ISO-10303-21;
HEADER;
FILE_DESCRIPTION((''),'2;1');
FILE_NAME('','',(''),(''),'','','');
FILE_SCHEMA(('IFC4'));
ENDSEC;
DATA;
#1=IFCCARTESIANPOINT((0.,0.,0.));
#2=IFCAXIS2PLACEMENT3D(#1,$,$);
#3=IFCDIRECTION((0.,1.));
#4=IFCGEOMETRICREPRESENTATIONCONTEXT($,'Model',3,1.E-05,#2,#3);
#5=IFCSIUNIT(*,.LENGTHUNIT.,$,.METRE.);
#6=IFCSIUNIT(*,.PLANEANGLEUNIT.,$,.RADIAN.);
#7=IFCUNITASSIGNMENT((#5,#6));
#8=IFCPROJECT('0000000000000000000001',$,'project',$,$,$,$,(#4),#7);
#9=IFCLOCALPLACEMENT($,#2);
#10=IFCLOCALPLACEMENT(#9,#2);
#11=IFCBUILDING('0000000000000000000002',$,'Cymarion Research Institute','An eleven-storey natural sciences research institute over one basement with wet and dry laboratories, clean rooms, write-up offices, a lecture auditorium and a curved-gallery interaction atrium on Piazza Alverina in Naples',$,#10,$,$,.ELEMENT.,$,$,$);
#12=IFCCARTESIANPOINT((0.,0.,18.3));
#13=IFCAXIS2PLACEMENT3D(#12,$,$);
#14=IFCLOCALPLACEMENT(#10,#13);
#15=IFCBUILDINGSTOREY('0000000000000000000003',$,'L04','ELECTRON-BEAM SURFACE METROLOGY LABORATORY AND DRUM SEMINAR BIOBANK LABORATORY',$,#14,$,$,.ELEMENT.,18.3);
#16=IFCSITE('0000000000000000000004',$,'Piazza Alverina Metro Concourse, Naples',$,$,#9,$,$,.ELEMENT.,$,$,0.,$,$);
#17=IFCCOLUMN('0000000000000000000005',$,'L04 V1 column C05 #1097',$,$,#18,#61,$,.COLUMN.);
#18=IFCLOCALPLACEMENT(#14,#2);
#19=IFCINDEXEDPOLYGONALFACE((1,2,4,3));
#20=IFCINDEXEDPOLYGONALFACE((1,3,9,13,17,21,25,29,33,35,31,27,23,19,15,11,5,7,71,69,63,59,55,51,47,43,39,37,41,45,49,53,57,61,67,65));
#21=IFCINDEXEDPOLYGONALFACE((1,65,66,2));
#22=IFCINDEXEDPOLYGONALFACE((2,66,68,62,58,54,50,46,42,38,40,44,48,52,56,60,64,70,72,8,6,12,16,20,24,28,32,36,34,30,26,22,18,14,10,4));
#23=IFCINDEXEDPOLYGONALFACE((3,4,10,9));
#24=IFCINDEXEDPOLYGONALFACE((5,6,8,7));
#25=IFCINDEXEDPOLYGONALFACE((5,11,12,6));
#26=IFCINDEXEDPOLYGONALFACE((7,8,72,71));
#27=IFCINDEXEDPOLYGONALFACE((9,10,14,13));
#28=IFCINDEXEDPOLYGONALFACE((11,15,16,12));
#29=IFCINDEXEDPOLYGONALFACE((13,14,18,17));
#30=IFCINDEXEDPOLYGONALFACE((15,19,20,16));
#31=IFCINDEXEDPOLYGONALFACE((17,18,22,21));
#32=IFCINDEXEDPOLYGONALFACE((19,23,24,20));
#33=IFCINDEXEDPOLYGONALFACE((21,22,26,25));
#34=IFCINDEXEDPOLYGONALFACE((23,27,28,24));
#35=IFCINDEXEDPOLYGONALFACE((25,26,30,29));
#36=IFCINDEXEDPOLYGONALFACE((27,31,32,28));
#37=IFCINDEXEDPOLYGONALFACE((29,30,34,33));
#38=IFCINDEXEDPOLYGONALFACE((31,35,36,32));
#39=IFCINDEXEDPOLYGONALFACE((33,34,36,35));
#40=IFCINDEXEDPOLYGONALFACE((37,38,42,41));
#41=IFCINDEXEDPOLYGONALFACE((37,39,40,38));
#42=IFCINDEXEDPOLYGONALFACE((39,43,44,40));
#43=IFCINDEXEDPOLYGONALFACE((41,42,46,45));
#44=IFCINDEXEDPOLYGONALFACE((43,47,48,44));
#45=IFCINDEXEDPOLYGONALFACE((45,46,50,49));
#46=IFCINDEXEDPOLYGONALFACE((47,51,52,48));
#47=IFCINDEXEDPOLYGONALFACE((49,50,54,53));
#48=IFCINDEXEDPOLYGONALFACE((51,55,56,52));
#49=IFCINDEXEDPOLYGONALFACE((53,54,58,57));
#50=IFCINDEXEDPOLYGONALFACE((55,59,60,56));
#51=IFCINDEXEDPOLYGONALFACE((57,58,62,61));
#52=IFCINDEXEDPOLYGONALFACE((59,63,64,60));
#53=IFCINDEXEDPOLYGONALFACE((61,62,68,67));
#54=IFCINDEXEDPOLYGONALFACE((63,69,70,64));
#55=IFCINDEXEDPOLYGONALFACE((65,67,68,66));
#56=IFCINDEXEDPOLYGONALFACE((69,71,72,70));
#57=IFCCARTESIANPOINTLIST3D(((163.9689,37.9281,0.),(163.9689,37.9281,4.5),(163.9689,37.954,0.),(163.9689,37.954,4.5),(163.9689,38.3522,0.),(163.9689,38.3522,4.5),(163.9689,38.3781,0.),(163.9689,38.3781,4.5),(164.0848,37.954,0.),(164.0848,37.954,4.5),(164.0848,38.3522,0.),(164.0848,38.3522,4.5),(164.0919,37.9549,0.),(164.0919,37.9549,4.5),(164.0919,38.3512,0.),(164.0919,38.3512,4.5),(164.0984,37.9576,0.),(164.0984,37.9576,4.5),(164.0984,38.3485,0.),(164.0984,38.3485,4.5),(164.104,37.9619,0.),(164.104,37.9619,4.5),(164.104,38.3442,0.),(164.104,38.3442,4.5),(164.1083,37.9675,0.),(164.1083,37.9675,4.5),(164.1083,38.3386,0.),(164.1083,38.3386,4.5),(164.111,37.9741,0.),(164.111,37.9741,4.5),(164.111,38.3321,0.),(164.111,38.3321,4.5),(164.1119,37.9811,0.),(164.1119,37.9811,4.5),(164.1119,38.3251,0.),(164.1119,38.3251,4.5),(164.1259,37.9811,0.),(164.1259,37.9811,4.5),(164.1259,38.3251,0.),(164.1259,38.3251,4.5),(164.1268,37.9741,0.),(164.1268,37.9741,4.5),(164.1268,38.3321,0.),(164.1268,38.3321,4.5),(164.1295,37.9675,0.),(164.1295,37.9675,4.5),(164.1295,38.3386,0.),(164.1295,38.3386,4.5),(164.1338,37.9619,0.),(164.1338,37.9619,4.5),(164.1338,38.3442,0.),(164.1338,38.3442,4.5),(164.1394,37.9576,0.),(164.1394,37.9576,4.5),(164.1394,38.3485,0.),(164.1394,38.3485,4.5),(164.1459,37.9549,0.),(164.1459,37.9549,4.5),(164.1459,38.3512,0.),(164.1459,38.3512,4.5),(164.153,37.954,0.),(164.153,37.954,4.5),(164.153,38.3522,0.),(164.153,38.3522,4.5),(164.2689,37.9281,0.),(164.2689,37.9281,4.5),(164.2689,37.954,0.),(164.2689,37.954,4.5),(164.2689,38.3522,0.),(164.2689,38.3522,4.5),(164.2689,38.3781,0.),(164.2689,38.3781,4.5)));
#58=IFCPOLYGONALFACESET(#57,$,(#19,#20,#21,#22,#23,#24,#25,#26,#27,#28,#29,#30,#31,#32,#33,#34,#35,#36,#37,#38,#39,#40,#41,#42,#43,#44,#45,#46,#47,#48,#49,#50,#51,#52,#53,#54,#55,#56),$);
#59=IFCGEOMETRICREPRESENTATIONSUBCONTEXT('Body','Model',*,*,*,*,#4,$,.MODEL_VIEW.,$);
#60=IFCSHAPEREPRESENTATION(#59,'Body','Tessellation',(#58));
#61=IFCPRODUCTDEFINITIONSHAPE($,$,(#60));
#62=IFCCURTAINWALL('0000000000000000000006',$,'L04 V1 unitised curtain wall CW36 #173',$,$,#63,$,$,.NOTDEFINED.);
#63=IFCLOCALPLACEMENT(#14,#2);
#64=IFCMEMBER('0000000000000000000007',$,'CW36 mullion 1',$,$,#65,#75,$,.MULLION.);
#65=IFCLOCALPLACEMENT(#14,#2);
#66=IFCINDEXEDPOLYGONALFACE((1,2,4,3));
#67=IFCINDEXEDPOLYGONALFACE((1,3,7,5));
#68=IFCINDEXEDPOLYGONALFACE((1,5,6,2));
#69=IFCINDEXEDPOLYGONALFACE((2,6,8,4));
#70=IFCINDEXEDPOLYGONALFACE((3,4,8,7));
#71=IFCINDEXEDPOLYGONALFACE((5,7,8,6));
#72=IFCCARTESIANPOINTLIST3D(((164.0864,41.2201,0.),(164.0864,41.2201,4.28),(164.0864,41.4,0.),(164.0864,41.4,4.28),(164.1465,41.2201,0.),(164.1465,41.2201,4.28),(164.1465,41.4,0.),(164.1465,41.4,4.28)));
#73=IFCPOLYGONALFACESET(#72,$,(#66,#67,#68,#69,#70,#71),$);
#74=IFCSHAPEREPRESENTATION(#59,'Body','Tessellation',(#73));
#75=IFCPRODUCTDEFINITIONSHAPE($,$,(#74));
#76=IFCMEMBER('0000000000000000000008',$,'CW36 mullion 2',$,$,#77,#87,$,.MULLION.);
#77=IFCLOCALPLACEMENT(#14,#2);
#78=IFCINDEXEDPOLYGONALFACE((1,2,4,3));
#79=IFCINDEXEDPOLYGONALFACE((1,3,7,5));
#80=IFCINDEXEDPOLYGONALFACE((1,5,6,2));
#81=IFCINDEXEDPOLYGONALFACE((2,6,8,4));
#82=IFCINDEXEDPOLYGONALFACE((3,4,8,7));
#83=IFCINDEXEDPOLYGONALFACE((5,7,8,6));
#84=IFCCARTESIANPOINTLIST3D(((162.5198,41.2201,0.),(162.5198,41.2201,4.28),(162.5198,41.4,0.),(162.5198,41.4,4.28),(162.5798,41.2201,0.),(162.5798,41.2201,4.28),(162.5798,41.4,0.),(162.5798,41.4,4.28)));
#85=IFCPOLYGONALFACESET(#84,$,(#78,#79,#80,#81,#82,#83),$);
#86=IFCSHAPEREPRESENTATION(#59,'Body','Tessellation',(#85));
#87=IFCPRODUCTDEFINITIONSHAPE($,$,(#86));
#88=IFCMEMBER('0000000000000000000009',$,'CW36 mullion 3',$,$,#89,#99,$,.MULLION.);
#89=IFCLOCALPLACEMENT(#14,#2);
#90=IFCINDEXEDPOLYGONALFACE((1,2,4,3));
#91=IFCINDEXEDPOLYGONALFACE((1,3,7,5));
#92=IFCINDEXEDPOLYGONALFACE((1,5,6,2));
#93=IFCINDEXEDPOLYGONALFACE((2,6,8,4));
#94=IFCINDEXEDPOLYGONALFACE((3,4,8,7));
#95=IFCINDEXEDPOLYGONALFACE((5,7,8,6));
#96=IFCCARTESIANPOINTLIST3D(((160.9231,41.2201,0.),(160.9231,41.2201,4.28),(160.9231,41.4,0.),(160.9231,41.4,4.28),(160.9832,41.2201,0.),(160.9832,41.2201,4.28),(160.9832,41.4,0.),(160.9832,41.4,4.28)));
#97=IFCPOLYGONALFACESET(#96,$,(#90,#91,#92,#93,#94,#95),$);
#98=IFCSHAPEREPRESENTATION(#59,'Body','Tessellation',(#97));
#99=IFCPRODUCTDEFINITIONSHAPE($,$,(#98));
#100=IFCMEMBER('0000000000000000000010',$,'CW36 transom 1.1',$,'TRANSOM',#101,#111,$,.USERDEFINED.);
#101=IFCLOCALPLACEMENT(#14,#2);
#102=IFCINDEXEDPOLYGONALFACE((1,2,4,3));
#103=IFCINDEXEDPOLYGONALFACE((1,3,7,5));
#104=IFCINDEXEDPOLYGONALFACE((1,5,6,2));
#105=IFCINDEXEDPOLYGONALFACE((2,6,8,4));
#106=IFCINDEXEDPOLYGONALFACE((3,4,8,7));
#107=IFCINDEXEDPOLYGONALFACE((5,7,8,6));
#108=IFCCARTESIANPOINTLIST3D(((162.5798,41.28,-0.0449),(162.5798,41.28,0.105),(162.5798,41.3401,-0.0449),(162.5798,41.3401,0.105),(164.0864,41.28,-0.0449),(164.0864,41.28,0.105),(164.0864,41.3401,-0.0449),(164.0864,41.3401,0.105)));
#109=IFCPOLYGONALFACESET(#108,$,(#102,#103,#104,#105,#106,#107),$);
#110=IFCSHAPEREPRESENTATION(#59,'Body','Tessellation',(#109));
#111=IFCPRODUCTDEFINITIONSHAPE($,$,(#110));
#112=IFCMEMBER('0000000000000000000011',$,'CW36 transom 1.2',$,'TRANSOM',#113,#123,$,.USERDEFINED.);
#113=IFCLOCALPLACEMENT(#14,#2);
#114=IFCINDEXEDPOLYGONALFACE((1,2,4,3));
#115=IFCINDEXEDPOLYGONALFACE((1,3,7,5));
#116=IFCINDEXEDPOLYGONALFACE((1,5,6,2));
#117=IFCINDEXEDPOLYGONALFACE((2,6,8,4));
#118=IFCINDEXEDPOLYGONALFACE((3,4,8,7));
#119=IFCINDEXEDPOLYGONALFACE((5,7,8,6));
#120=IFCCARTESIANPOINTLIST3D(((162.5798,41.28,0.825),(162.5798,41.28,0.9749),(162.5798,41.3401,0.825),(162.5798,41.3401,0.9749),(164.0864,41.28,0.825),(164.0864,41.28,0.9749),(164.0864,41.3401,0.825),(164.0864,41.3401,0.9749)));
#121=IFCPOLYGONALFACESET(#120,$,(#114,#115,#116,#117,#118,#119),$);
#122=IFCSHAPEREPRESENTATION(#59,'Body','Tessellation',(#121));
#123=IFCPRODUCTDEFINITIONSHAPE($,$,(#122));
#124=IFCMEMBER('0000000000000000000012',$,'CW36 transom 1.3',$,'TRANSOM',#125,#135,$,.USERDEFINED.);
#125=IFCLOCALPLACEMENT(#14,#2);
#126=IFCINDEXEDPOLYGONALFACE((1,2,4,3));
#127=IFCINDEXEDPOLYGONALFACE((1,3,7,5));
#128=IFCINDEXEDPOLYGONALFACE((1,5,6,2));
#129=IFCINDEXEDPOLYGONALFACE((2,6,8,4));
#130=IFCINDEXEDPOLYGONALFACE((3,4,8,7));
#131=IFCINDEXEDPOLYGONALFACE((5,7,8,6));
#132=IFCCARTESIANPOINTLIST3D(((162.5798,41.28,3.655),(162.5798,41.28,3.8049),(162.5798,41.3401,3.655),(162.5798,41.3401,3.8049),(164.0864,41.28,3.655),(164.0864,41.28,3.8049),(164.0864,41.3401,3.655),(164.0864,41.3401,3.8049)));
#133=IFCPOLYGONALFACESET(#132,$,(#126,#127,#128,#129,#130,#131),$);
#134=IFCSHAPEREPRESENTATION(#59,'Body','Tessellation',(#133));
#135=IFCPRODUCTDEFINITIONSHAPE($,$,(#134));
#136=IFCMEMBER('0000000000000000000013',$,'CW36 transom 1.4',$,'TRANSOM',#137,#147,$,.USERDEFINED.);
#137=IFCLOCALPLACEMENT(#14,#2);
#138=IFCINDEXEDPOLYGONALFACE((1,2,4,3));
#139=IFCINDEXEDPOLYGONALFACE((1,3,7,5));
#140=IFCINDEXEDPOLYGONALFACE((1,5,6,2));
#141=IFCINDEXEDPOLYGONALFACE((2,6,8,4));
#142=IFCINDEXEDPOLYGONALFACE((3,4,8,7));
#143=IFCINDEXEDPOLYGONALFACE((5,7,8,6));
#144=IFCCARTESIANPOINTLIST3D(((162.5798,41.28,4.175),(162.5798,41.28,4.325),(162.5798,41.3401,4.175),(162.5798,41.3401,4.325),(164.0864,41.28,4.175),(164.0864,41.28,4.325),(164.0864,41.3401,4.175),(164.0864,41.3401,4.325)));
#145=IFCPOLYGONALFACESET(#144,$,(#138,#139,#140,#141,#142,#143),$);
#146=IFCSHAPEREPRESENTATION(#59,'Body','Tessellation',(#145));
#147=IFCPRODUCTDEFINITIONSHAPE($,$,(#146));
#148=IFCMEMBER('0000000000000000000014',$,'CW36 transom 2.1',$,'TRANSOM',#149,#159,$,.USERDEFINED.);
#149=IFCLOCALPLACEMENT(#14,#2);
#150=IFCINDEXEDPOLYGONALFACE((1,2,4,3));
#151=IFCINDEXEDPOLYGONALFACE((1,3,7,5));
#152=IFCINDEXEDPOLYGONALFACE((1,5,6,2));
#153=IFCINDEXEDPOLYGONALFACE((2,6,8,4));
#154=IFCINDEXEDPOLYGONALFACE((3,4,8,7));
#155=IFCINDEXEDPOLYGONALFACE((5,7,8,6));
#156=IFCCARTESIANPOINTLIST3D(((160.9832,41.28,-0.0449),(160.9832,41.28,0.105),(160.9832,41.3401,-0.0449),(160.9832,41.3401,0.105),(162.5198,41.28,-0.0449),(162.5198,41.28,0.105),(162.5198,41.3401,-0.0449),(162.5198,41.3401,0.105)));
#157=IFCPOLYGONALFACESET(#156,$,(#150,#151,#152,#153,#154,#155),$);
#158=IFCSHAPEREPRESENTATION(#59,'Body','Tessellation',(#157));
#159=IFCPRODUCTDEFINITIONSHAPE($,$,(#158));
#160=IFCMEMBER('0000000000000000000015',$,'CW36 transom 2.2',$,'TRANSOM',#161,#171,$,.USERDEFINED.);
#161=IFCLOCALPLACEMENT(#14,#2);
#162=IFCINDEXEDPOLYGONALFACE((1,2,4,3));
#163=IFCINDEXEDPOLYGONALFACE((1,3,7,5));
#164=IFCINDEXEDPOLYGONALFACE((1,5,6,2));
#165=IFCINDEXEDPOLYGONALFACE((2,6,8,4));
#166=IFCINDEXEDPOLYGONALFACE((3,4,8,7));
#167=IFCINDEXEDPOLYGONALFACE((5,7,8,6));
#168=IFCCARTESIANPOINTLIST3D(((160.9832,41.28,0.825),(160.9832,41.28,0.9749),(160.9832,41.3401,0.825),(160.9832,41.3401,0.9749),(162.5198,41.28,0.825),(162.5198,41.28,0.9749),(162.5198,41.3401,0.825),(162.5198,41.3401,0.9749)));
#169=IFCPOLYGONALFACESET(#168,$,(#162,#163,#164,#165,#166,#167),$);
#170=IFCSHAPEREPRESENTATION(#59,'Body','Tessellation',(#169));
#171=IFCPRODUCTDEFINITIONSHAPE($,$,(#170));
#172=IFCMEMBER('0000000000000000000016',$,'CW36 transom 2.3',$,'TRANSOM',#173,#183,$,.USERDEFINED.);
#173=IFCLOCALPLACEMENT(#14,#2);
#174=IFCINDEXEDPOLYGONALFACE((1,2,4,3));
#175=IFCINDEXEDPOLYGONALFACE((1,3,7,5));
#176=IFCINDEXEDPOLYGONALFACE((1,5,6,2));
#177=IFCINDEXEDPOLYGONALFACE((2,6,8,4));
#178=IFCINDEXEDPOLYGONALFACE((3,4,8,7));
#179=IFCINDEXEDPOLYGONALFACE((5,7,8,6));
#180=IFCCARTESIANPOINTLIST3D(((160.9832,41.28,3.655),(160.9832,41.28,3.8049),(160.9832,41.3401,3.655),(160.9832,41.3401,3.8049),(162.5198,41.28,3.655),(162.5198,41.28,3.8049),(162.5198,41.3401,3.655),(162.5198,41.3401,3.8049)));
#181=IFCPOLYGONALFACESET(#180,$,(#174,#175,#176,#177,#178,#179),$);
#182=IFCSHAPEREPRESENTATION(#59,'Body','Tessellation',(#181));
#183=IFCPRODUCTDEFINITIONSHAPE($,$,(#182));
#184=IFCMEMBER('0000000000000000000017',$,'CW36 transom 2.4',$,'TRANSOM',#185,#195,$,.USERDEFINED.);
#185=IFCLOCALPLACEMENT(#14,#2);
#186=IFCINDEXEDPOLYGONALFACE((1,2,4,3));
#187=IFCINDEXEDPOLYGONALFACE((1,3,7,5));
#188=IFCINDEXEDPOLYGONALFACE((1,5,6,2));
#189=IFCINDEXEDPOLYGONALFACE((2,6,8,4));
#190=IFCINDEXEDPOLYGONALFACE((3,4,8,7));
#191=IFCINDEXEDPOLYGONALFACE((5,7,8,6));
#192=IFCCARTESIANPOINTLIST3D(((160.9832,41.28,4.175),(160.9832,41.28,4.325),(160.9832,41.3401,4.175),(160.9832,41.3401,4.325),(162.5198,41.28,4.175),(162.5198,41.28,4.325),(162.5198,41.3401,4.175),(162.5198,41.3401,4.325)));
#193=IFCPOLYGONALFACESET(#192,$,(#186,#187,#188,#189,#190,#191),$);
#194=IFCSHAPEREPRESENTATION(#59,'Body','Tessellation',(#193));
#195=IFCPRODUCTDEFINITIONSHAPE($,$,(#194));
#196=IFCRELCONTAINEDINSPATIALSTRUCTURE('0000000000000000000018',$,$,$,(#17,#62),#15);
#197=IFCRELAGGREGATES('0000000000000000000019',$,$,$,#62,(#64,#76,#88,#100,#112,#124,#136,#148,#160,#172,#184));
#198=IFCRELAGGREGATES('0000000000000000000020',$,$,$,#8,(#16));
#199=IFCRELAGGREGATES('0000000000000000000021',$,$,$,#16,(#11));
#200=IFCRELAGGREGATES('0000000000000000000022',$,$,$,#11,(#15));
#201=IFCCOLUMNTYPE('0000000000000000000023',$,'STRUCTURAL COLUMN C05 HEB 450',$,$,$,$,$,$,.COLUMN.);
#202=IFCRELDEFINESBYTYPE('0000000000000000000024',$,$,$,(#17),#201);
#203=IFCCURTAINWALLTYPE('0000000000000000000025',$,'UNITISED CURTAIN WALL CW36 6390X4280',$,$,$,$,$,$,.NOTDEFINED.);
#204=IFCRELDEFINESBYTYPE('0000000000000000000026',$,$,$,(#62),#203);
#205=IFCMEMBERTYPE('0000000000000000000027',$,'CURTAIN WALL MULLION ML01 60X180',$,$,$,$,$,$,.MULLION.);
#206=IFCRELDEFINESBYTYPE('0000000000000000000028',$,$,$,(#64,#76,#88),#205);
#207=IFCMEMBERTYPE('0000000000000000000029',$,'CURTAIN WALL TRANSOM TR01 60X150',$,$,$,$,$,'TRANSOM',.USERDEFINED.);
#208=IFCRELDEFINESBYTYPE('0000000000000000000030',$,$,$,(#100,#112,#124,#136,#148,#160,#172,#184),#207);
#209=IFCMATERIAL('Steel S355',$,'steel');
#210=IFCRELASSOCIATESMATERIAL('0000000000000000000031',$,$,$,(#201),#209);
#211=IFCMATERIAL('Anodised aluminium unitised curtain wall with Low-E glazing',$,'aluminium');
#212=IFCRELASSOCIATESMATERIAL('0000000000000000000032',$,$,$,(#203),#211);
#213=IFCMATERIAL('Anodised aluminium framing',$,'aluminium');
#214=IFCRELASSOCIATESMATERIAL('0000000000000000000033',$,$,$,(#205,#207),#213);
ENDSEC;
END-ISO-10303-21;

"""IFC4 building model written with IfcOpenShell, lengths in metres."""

from ifc_helpers import new_model, si_unit, direction, frame, origin, origin_2d, place, context, subcontext, project, spatial, rectangle, i_section, extrude, material, material_profile, profile_set, type_object, element, aggregate, save


model = new_model("IFC4")

# Units and contexts
model_context = context("Model", 3, precision=1e-05, world=origin(), true_north=direction((0.0, 1.0)))
body_context = subcontext(model_context, "Body", "Model", "MODEL_VIEW")
ifc_project = project(units=[si_unit("LENGTHUNIT", "METRE"), si_unit("PLANEANGLEUNIT", "RADIAN")], contexts=[model_context])

# Site, building, storey
site_placement = place(None, origin())
site = spatial("IfcSite", under=ifc_project, at=site_placement, Name="Piazza Alverina Metro Concourse, Naples", CompositionType="ELEMENT", RefElevation=0.0)
building_placement = place(site_placement, origin())
building = spatial("IfcBuilding", under=site, at=building_placement, Name="Cymarion Research Institute", Description="An eleven-storey natural sciences research institute over one basement with wet and dry laboratories, clean rooms, write-up offices, a lecture auditorium and a curved-gallery interaction atrium on Piazza Alverina in Naples", CompositionType="ELEMENT")
storey_placement = place(building_placement, frame((0.0, 0.0, 18.3)))
storey = spatial("IfcBuildingStorey", under=building, at=storey_placement, Name="L04", Description="ELECTRON-BEAM SURFACE METROLOGY LABORATORY AND DRUM SEMINAR BIOBANK LABORATORY", CompositionType="ELEMENT", Elevation=18.3)

# Column
ifc_material_1 = material(Name="Steel S355", Category="steel")
ifc_material_profile_1 = material_profile(ifc_material_1, i_section(OverallWidth=0.3, OverallDepth=0.45, WebThickness=0.0139, FlangeThickness=0.0259, FilletRadius=0.0271, at=origin_2d()), Name="HEB 450")
ifc_profile_set_1 = profile_set([ifc_material_profile_1], Name="Steel S355")
column_type = type_object("IfcColumnType", Name="STRUCTURAL COLUMN C05 HEB 450", PredefinedType="COLUMN", material=ifc_profile_set_1)
column_placement = place(storey_placement, frame((164.1189, 38.1531, 0.0), z_axis=(0.0, 0.0, 1.0), x_axis=(1.0, 0.0, 0.0)))
element("IfcColumn", 1, at=column_placement, inside=storey, type_object=column_type, Name="L04 V1 column C05 #1097", PredefinedType="COLUMN", context=body_context, shape_type="SweptSolid", body=[
    extrude(i_section(OverallWidth=0.3, OverallDepth=0.45, WebThickness=0.0139, FlangeThickness=0.0259, FilletRadius=0.0271, at=origin_2d()), origin(), (0.0, 0.0, 1.0), 4.5),
])

# Curtain wall, members
ifc_material_2 = material(Name="Anodised aluminium unitised curtain wall with Low-E glazing", Category="aluminium")
curtain_wall_type = type_object("IfcCurtainWallType", Name="UNITISED CURTAIN WALL CW36 6390X4280", PredefinedType="NOTDEFINED", material=ifc_material_2)
curtain_wall_placement = place(storey_placement, origin())
curtain_wall = element("IfcCurtainWall", 2, at=curtain_wall_placement, inside=storey, type_object=curtain_wall_type, Name="L04 V1 unitised curtain wall CW36 #173", PredefinedType="NOTDEFINED")
ifc_material_3 = material(Name="Anodised aluminium framing", Category="aluminium")
ifc_material_profile_2 = material_profile(ifc_material_3, rectangle(XDim=0.0601, YDim=0.1799, at=origin_2d()), Name="ALU MULLION 60x180")
ifc_profile_set_2 = profile_set([ifc_material_profile_2], Name="Anodised aluminium framing")
member_type_1 = type_object("IfcMemberType", Name="CURTAIN WALL MULLION ML01 60X180", PredefinedType="MULLION", material=ifc_profile_set_2)
member_1_placement = place(storey_placement, frame((164.1165, 41.3101, 0.0), z_axis=(0.0, 0.0, 1.0), x_axis=(-1.0, 0.0, 0.0)))
member_1 = element("IfcMember", 3, at=member_1_placement, type_object=member_type_1, Name="CW36 mullion 1", PredefinedType="MULLION", context=body_context, shape_type="SweptSolid", body=[
    extrude(rectangle(XDim=0.0601, YDim=0.1799, at=origin_2d()), origin(), (0.0, 0.0, 1.0), 4.28),
])
member_2_placement = place(storey_placement, frame((162.5498, 41.3101, 0.0), z_axis=(0.0, 0.0, 1.0), x_axis=(-1.0, 0.0, 0.0)))
member_2 = element("IfcMember", 4, at=member_2_placement, type_object=member_type_1, Name="CW36 mullion 2", PredefinedType="MULLION", context=body_context, shape_type="SweptSolid", body=[
    extrude(rectangle(XDim=0.0601, YDim=0.1799, at=origin_2d()), origin(), (0.0, 0.0, 1.0), 4.28),
])
member_3_placement = place(storey_placement, frame((160.9531, 41.3101, 0.0), z_axis=(0.0, 0.0, 1.0), x_axis=(-1.0, 0.0, 0.0)))
member_3 = element("IfcMember", 5, at=member_3_placement, type_object=member_type_1, Name="CW36 mullion 3", PredefinedType="MULLION", context=body_context, shape_type="SweptSolid", body=[
    extrude(rectangle(XDim=0.0601, YDim=0.1799, at=origin_2d()), origin(), (0.0, 0.0, 1.0), 4.28),
])
ifc_material_profile_3 = material_profile(ifc_material_3, rectangle(XDim=0.0601, YDim=0.1499, at=origin_2d()), Name="ALU TRANSOM 60x150")
ifc_profile_set_3 = profile_set([ifc_material_profile_3], Name="Anodised aluminium framing")
member_type_2 = type_object("IfcMemberType", Name="CURTAIN WALL TRANSOM TR01 60X150", ElementType="TRANSOM", PredefinedType="USERDEFINED", material=ifc_profile_set_3)
member_4_placement = place(storey_placement, frame((164.0864, 41.3101, 0.03), z_axis=(-1.0, 0.0, 0.0), x_axis=(0.0, -1.0, 0.0)))
member_4 = element("IfcMember", 6, at=member_4_placement, type_object=member_type_2, Name="CW36 transom 1.1", ObjectType="TRANSOM", PredefinedType="USERDEFINED", context=body_context, shape_type="SweptSolid", body=[
    extrude(rectangle(XDim=0.0601, YDim=0.1499, at=origin_2d()), origin(), (0.0, 0.0, 1.0), 1.5066),
])
member_5_placement = place(storey_placement, frame((164.0864, 41.3101, 0.8999), z_axis=(-1.0, 0.0, 0.0), x_axis=(0.0, -1.0, 0.0)))
member_5 = element("IfcMember", 7, at=member_5_placement, type_object=member_type_2, Name="CW36 transom 1.2", ObjectType="TRANSOM", PredefinedType="USERDEFINED", context=body_context, shape_type="SweptSolid", body=[
    extrude(rectangle(XDim=0.0601, YDim=0.1499, at=origin_2d()), origin(), (0.0, 0.0, 1.0), 1.5066),
])
member_6_placement = place(storey_placement, frame((164.0864, 41.3101, 3.73), z_axis=(-1.0, 0.0, 0.0), x_axis=(0.0, -1.0, 0.0)))
member_6 = element("IfcMember", 8, at=member_6_placement, type_object=member_type_2, Name="CW36 transom 1.3", ObjectType="TRANSOM", PredefinedType="USERDEFINED", context=body_context, shape_type="SweptSolid", body=[
    extrude(rectangle(XDim=0.0601, YDim=0.1499, at=origin_2d()), origin(), (0.0, 0.0, 1.0), 1.5066),
])
member_7_placement = place(storey_placement, frame((164.0864, 41.3101, 4.25), z_axis=(-1.0, 0.0, 0.0), x_axis=(0.0, -1.0, 0.0)))
member_7 = element("IfcMember", 9, at=member_7_placement, type_object=member_type_2, Name="CW36 transom 1.4", ObjectType="TRANSOM", PredefinedType="USERDEFINED", context=body_context, shape_type="SweptSolid", body=[
    extrude(rectangle(XDim=0.0601, YDim=0.1499, at=origin_2d()), origin(), (0.0, 0.0, 1.0), 1.5066),
])
member_8_placement = place(storey_placement, frame((162.5198, 41.3101, 0.03), z_axis=(-1.0, 0.0, 0.0), x_axis=(0.0, -1.0, 0.0)))
member_8 = element("IfcMember", 10, at=member_8_placement, type_object=member_type_2, Name="CW36 transom 2.1", ObjectType="TRANSOM", PredefinedType="USERDEFINED", context=body_context, shape_type="SweptSolid", body=[
    extrude(rectangle(XDim=0.0601, YDim=0.1499, at=origin_2d()), origin(), (0.0, 0.0, 1.0), 1.5366),
])
member_9_placement = place(storey_placement, frame((162.5198, 41.3101, 0.8999), z_axis=(-1.0, 0.0, 0.0), x_axis=(0.0, -1.0, 0.0)))
member_9 = element("IfcMember", 11, at=member_9_placement, type_object=member_type_2, Name="CW36 transom 2.2", ObjectType="TRANSOM", PredefinedType="USERDEFINED", context=body_context, shape_type="SweptSolid", body=[
    extrude(rectangle(XDim=0.0601, YDim=0.1499, at=origin_2d()), origin(), (0.0, 0.0, 1.0), 1.5366),
])
member_10_placement = place(storey_placement, frame((162.5198, 41.3101, 3.73), z_axis=(-1.0, 0.0, 0.0), x_axis=(0.0, -1.0, 0.0)))
member_10 = element("IfcMember", 12, at=member_10_placement, type_object=member_type_2, Name="CW36 transom 2.3", ObjectType="TRANSOM", PredefinedType="USERDEFINED", context=body_context, shape_type="SweptSolid", body=[
    extrude(rectangle(XDim=0.0601, YDim=0.1499, at=origin_2d()), origin(), (0.0, 0.0, 1.0), 1.5366),
])
member_11_placement = place(storey_placement, frame((162.5198, 41.3101, 4.25), z_axis=(-1.0, 0.0, 0.0), x_axis=(0.0, -1.0, 0.0)))
member_11 = element("IfcMember", 13, at=member_11_placement, type_object=member_type_2, Name="CW36 transom 2.4", ObjectType="TRANSOM", PredefinedType="USERDEFINED", context=body_context, shape_type="SweptSolid", body=[
    extrude(rectangle(XDim=0.0601, YDim=0.1499, at=origin_2d()), origin(), (0.0, 0.0, 1.0), 1.5366),
])
aggregate(curtain_wall, [member_1, member_2, member_3, member_4, member_5, member_6, member_7, member_8, member_9, member_10, member_11])

save(model, "model.ifc")
